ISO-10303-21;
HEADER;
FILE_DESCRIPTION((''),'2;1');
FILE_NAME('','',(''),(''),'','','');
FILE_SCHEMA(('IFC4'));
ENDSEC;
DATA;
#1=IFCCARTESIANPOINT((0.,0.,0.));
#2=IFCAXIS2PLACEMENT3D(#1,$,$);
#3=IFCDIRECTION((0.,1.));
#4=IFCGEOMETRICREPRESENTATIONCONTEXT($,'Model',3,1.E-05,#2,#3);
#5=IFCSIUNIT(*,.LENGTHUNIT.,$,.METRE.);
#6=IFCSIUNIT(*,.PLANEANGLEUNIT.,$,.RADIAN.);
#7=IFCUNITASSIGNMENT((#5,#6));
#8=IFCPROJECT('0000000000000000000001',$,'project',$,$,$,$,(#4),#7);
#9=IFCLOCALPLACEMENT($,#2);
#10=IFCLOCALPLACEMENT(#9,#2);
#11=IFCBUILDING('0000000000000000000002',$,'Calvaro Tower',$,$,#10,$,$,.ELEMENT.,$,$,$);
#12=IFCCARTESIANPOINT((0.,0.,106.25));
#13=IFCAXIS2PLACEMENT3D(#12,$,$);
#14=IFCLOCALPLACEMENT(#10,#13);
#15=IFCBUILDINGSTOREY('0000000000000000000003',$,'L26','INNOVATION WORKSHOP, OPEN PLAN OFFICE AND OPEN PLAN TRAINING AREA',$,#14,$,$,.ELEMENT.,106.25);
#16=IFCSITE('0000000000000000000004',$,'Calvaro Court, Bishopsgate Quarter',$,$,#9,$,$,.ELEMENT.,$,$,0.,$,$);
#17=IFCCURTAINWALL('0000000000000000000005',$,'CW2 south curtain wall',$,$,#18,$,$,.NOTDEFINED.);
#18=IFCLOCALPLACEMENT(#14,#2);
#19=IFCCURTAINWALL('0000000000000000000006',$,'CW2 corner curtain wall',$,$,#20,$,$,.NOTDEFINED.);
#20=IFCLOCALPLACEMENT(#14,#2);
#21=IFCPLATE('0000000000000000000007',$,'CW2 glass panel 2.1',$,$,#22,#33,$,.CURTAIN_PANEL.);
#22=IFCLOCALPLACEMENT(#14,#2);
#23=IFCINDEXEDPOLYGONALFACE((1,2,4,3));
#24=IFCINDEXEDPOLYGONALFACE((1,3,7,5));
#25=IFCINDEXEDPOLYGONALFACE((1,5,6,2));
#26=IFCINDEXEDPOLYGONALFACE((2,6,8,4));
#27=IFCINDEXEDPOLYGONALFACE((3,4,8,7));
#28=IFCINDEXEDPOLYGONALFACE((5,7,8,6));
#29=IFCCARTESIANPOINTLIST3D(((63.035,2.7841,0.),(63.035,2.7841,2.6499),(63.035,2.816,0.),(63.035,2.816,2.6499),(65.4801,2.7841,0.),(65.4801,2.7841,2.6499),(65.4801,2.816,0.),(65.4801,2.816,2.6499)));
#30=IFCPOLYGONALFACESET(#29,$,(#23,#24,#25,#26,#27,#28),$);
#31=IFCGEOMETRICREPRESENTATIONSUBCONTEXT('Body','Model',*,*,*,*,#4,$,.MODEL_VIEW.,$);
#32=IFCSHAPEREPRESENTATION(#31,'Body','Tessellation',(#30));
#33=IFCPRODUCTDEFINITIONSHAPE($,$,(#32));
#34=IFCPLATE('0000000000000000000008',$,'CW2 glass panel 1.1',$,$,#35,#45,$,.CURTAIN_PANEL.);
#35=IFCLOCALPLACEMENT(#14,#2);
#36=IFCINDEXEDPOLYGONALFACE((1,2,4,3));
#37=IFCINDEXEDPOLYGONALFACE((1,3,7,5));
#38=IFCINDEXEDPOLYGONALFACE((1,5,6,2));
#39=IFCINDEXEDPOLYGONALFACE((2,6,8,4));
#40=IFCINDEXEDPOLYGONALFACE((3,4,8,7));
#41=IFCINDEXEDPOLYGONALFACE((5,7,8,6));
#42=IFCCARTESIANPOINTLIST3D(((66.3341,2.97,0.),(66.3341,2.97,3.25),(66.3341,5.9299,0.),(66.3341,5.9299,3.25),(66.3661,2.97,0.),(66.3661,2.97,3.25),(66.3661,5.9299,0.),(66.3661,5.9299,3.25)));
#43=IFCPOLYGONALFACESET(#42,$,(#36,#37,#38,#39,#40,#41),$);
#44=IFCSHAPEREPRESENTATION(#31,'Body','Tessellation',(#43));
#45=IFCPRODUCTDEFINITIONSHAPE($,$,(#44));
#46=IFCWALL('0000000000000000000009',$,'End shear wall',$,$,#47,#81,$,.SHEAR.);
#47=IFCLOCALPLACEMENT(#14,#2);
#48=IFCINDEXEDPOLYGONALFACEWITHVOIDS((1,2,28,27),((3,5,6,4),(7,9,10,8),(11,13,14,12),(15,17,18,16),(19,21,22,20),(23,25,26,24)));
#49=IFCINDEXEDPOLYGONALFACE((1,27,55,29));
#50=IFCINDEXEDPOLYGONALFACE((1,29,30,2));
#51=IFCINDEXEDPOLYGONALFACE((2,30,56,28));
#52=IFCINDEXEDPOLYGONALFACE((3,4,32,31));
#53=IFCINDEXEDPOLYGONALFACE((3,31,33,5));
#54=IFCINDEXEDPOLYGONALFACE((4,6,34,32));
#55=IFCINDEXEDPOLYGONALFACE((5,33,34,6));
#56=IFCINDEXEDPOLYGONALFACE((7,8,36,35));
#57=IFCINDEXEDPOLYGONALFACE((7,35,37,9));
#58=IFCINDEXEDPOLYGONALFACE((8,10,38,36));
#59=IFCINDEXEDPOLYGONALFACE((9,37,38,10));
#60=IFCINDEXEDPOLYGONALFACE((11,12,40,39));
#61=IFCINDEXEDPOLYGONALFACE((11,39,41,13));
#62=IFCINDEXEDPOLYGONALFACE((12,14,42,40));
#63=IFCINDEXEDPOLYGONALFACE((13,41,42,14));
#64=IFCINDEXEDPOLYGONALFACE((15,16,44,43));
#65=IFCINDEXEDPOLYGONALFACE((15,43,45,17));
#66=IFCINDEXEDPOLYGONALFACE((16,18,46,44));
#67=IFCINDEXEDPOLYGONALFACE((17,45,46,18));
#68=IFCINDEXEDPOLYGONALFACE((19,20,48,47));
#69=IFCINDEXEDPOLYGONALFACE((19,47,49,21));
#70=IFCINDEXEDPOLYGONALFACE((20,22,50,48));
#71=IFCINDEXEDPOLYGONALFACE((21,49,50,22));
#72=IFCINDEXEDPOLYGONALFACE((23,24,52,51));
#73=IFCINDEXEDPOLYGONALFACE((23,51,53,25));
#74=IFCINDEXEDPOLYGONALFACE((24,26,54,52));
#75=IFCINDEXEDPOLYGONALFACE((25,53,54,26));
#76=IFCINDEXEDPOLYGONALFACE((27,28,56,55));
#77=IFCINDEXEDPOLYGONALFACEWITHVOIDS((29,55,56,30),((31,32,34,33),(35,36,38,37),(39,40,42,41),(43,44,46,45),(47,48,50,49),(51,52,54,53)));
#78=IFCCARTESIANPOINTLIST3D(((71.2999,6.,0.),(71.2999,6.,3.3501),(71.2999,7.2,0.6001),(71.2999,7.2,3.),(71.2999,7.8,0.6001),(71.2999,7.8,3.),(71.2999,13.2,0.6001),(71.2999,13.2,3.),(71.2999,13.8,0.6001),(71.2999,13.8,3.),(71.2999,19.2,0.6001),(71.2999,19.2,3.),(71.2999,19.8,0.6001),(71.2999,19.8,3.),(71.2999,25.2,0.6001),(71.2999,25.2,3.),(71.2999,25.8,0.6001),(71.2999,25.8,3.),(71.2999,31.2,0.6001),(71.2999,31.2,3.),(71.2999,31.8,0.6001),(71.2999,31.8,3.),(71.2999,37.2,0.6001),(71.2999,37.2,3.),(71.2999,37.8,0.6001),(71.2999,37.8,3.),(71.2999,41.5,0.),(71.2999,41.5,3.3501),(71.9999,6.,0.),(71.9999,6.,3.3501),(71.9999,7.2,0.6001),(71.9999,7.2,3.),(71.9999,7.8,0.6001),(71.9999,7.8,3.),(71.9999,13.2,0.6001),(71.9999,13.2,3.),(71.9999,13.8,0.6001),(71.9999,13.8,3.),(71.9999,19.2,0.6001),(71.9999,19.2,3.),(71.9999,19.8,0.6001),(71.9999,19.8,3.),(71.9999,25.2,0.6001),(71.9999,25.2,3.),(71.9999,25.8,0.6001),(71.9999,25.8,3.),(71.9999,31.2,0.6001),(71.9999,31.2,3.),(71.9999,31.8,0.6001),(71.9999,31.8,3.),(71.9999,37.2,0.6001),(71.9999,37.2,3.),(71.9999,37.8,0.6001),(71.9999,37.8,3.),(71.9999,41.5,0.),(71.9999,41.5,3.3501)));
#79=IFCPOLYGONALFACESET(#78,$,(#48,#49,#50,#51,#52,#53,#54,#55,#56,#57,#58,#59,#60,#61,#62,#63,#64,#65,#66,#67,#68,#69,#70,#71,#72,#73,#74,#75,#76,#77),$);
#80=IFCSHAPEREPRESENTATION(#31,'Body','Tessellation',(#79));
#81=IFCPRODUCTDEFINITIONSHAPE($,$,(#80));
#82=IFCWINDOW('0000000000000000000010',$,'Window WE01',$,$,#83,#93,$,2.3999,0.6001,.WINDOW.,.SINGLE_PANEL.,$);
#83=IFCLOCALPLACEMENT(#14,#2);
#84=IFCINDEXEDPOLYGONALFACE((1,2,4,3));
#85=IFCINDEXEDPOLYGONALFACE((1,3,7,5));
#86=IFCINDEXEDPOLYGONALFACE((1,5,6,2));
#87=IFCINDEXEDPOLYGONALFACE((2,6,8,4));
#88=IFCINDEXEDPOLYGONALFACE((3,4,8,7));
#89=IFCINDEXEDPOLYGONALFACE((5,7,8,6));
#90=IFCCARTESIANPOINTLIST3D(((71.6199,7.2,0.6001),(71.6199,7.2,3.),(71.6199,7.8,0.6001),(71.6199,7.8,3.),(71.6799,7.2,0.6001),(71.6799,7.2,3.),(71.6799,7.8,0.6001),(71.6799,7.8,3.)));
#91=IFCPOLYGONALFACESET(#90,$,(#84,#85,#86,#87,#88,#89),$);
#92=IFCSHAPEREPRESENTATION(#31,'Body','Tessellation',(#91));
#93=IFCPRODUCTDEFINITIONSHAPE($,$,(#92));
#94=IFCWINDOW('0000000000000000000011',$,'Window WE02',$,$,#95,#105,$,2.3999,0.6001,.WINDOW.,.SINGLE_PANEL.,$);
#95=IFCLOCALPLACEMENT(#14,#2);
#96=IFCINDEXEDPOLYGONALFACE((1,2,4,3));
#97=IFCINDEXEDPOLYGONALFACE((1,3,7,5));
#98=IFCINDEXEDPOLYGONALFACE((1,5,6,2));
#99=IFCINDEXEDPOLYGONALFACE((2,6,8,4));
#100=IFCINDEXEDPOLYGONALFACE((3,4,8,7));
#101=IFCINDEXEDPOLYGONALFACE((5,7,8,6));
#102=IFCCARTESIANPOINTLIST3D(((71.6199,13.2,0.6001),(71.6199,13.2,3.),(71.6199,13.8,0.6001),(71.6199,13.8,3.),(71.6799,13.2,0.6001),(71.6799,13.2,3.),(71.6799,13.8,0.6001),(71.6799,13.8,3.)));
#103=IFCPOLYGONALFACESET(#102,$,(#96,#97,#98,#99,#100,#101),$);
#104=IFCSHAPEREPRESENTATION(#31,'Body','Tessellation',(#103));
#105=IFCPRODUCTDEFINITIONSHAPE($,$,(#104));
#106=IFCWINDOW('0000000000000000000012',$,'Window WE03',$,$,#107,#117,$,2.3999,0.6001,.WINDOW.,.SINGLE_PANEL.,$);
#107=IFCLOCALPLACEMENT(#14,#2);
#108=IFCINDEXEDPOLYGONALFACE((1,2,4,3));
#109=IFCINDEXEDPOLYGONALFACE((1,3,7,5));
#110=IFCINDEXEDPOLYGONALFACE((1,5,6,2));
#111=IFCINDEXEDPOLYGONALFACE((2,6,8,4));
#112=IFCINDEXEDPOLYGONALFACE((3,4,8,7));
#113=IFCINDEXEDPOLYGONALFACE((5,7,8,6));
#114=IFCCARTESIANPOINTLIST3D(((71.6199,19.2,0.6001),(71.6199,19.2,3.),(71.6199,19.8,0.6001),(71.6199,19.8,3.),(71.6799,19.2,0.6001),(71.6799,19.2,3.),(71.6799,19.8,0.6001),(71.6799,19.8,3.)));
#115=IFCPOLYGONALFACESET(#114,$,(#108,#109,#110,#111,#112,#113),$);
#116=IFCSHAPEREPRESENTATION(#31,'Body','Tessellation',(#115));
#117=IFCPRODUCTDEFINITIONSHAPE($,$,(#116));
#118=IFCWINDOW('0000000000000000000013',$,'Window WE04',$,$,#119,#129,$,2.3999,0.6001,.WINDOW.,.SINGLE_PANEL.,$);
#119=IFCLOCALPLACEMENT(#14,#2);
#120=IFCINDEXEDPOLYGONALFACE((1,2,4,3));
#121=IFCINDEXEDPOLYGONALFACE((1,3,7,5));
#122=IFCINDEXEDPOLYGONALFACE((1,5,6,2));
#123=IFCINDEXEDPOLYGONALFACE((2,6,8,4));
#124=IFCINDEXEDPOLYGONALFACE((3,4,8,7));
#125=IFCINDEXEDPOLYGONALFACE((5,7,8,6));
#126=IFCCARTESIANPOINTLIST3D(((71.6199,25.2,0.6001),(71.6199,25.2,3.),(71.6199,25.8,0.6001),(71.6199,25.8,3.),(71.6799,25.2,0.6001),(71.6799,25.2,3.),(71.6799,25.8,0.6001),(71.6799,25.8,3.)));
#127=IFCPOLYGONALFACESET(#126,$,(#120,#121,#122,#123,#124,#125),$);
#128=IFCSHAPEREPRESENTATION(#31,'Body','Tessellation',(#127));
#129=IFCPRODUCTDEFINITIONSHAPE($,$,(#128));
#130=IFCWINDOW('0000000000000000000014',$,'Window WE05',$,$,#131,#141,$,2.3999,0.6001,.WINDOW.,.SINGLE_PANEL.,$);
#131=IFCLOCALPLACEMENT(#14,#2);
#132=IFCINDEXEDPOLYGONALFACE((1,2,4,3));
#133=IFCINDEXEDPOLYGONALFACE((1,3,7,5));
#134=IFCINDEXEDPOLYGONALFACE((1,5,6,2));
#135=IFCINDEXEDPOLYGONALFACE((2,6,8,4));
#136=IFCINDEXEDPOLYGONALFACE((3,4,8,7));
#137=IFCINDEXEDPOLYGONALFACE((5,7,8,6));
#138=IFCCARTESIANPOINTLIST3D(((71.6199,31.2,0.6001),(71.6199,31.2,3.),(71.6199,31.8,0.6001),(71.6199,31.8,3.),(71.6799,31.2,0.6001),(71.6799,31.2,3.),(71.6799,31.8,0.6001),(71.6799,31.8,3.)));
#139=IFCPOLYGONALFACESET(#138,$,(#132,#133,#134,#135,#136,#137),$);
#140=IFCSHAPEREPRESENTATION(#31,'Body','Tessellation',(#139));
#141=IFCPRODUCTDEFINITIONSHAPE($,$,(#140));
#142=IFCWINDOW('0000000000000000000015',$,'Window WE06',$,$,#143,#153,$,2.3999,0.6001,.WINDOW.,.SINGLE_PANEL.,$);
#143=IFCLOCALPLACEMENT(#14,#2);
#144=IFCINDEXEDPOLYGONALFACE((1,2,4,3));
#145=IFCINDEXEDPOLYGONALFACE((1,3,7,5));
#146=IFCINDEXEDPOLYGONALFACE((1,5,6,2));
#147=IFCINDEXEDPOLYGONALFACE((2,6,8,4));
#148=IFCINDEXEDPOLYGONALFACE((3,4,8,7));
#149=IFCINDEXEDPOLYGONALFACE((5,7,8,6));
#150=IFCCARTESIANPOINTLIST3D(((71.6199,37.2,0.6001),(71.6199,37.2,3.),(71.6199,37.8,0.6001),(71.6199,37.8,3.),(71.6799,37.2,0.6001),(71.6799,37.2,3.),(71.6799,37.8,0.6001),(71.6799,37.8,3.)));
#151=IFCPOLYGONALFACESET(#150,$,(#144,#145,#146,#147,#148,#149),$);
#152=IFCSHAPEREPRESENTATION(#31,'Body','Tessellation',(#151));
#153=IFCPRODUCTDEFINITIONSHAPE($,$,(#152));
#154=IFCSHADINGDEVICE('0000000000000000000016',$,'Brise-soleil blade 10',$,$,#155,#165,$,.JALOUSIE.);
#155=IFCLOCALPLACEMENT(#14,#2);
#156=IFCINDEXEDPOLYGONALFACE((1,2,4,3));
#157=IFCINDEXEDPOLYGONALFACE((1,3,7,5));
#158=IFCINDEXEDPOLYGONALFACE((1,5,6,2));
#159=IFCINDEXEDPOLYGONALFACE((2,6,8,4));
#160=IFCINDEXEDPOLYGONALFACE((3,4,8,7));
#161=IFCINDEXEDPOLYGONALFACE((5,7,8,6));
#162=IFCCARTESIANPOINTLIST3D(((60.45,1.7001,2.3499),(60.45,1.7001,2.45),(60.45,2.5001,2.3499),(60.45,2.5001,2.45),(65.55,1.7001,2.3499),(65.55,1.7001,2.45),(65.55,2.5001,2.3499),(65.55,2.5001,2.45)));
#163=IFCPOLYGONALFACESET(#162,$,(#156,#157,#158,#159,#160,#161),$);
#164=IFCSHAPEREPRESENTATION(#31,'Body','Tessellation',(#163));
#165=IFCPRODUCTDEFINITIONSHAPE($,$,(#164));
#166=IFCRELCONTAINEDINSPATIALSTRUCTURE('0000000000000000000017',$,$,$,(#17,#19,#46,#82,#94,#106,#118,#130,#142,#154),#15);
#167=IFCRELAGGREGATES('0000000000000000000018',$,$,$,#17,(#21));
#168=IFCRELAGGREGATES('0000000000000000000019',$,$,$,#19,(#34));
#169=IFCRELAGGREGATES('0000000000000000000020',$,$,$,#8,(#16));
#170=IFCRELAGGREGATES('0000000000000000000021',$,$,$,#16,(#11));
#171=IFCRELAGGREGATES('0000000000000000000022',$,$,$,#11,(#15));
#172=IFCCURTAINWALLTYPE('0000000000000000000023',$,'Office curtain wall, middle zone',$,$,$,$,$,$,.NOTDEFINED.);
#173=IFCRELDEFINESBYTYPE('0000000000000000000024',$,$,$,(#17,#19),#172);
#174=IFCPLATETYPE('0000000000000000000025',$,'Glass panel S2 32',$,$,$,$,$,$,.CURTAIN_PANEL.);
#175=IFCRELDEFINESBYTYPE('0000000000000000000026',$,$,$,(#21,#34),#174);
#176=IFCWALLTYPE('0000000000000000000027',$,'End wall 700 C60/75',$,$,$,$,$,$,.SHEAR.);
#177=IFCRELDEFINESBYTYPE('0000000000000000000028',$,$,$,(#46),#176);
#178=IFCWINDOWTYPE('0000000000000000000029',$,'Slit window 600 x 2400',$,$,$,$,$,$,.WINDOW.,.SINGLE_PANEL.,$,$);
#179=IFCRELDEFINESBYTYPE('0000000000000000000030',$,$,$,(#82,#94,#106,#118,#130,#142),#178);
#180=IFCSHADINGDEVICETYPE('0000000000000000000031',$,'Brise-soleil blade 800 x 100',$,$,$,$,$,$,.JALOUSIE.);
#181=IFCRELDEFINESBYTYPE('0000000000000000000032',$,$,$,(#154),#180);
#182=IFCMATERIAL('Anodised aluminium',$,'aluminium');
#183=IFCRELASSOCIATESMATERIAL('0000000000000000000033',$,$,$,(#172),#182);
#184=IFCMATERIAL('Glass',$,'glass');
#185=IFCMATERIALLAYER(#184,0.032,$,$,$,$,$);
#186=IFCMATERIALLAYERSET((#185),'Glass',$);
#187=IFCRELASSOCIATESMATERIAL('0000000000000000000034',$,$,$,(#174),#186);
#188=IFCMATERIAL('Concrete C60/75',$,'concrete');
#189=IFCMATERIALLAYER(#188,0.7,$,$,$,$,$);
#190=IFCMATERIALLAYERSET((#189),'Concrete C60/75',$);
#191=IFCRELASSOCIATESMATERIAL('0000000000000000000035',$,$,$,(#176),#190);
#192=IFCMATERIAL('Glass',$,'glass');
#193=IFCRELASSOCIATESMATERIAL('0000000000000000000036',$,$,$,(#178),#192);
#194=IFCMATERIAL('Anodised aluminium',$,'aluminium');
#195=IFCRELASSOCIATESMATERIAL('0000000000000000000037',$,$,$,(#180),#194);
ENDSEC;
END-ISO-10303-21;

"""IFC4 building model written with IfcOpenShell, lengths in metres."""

from ifc_helpers import new_model, si_unit, direction, frame, frame_2d, origin, origin_2d, place, context, subcontext, project, spatial, rectangle, extrude, material, layer, layer_set, material_profile, profile_set, type_object, element, fill, aggregate, save


model = new_model("IFC4")

# Units and contexts
model_context = context("Model", 3, precision=1e-05, world=origin(), true_north=direction((0.0, 1.0)))
body_context = subcontext(model_context, "Body", "Model", "MODEL_VIEW")
ifc_project = project(units=[si_unit("LENGTHUNIT", "METRE"), si_unit("PLANEANGLEUNIT", "RADIAN")], contexts=[model_context])

# Site, building, storey
site_placement = place(None, origin())
site = spatial("IfcSite", under=ifc_project, at=site_placement, Name="Calvaro Court, Bishopsgate Quarter", CompositionType="ELEMENT", RefElevation=0.0)
building_placement = place(site_placement, origin())
building = spatial("IfcBuilding", under=site, at=building_placement, Name="Calvaro Tower", CompositionType="ELEMENT")
storey_placement = place(building_placement, frame((0.0, 0.0, 106.25)))
storey = spatial("IfcBuildingStorey", under=building, at=storey_placement, Name="L26", Description="INNOVATION WORKSHOP, OPEN PLAN OFFICE AND OPEN PLAN TRAINING AREA", CompositionType="ELEMENT", Elevation=106.25)

# Shared definitions
ifc_material_1 = material(Name="Anodised aluminium", Category="aluminium")
curtain_wall_type = type_object("IfcCurtainWallType", Name="Office curtain wall, middle zone", PredefinedType="NOTDEFINED", material=ifc_material_1)

# Curtain walls
curtain_wall_1_placement = place(storey_placement, origin())
curtain_wall_1 = element("IfcCurtainWall", 1, at=curtain_wall_1_placement, inside=storey, type_object=curtain_wall_type, Name="CW2 south curtain wall", PredefinedType="NOTDEFINED")
curtain_wall_2_placement = place(storey_placement, origin())
curtain_wall_2 = element("IfcCurtainWall", 2, at=curtain_wall_2_placement, inside=storey, type_object=curtain_wall_type, Name="CW2 corner curtain wall", PredefinedType="NOTDEFINED")

# Plates
ifc_material_2 = material(Name="Glass", Category="glass")
ifc_layer_1 = layer(ifc_material_2, 0.032)
ifc_layer_set_1 = layer_set([ifc_layer_1], Name="Glass")
plate_type = type_object("IfcPlateType", Name="Glass panel S2 32", PredefinedType="CURTAIN_PANEL", material=ifc_layer_set_1)
plate_1_placement = place(storey_placement, frame((64.2576, 2.8, 0.0), z_axis=(0.0, 0.0, 1.0), x_axis=(1.0, 0.0, 0.0)))
plate_1 = element("IfcPlate", 3, at=plate_1_placement, type_object=plate_type, Name="CW2 glass panel 2.1", PredefinedType="CURTAIN_PANEL", context=body_context, shape_type="SweptSolid", body=[
    extrude(rectangle(XDim=2.4451, YDim=0.032, at=origin_2d()), origin(), (0.0, 0.0, 1.0), 2.6499),
])
aggregate(curtain_wall_1, [plate_1])
plate_2_placement = place(storey_placement, frame((66.3501, 4.45, 0.0), z_axis=(0.0, 0.0, 1.0), x_axis=(0.0, 1.0, 0.0)))
plate_2 = element("IfcPlate", 4, at=plate_2_placement, type_object=plate_type, Name="CW2 glass panel 1.1", PredefinedType="CURTAIN_PANEL", context=body_context, shape_type="SweptSolid", body=[
    extrude(rectangle(XDim=2.96, YDim=0.032, at=origin_2d()), origin(), (0.0, 0.0, 1.0), 3.25),
])
aggregate(curtain_wall_2, [plate_2])

# Wall, openings, windows
ifc_material_3 = material(Name="Concrete C60/75", Category="concrete")
ifc_layer_2 = layer(ifc_material_3, 0.7)
ifc_layer_set_2 = layer_set([ifc_layer_2], Name="Concrete C60/75")
wall_type = type_object("IfcWallType", Name="End wall 700 C60/75", PredefinedType="SHEAR", material=ifc_layer_set_2)
wall_placement = place(storey_placement, frame((71.6499, 6.0, 0.0), z_axis=(0.0, 0.0, 1.0), x_axis=(0.0, 1.0, 0.0)))
wall = element("IfcWall", 5, at=wall_placement, inside=storey, type_object=wall_type, Name="End shear wall", PredefinedType="SHEAR", context=body_context, shape_type="SweptSolid", body=[
    extrude(rectangle(XDim=35.5, YDim=0.7, at=frame_2d((17.75, 0.0))), origin(), (0.0, 0.0, 1.0), 3.3501),
])
opening_1_placement = place(wall_placement, frame((1.2, 0.0, 0.6001)))
opening_1 = element("IfcOpeningElement", 6, at=opening_1_placement, cuts=wall, PredefinedType="OPENING", context=body_context, shape_type="SweptSolid", body=[
    extrude(rectangle(XDim=0.6001, YDim=2.3999, at=frame_2d((0.3, 1.2))), frame((0.0, 0.3599, 0.0), z_axis=(0.0, -1.0, 0.0), x_axis=(1.0, 0.0, 0.0)), (0.0, 0.0, 1.0), 0.72),
])
opening_2_placement = place(wall_placement, frame((7.2, 0.0, 0.6001)))
opening_2 = element("IfcOpeningElement", 7, at=opening_2_placement, cuts=wall, PredefinedType="OPENING", context=body_context, shape_type="SweptSolid", body=[
    extrude(rectangle(XDim=0.6001, YDim=2.3999, at=frame_2d((0.3, 1.2))), frame((0.0, 0.3599, 0.0), z_axis=(0.0, -1.0, 0.0), x_axis=(1.0, 0.0, 0.0)), (0.0, 0.0, 1.0), 0.72),
])
opening_3_placement = place(wall_placement, frame((13.2, 0.0, 0.6001)))
opening_3 = element("IfcOpeningElement", 8, at=opening_3_placement, cuts=wall, PredefinedType="OPENING", context=body_context, shape_type="SweptSolid", body=[
    extrude(rectangle(XDim=0.6001, YDim=2.3999, at=frame_2d((0.3, 1.2))), frame((0.0, 0.3599, 0.0), z_axis=(0.0, -1.0, 0.0), x_axis=(1.0, 0.0, 0.0)), (0.0, 0.0, 1.0), 0.72),
])
opening_4_placement = place(wall_placement, frame((19.2, 0.0, 0.6001)))
opening_4 = element("IfcOpeningElement", 9, at=opening_4_placement, cuts=wall, PredefinedType="OPENING", context=body_context, shape_type="SweptSolid", body=[
    extrude(rectangle(XDim=0.6001, YDim=2.3999, at=frame_2d((0.3, 1.2))), frame((0.0, 0.3599, 0.0), z_axis=(0.0, -1.0, 0.0), x_axis=(1.0, 0.0, 0.0)), (0.0, 0.0, 1.0), 0.72),
])
opening_5_placement = place(wall_placement, frame((25.2, 0.0, 0.6001)))
opening_5 = element("IfcOpeningElement", 10, at=opening_5_placement, cuts=wall, PredefinedType="OPENING", context=body_context, shape_type="SweptSolid", body=[
    extrude(rectangle(XDim=0.6001, YDim=2.3999, at=frame_2d((0.3, 1.2))), frame((0.0, 0.3599, 0.0), z_axis=(0.0, -1.0, 0.0), x_axis=(1.0, 0.0, 0.0)), (0.0, 0.0, 1.0), 0.72),
])
opening_6_placement = place(wall_placement, frame((31.2, 0.0, 0.6001)))
opening_6 = element("IfcOpeningElement", 11, at=opening_6_placement, cuts=wall, PredefinedType="OPENING", context=body_context, shape_type="SweptSolid", body=[
    extrude(rectangle(XDim=0.6001, YDim=2.3999, at=frame_2d((0.3, 1.2))), frame((0.0, 0.3599, 0.0), z_axis=(0.0, -1.0, 0.0), x_axis=(1.0, 0.0, 0.0)), (0.0, 0.0, 1.0), 0.72),
])
ifc_material_4 = material(Name="Glass", Category="glass")
window_type = type_object("IfcWindowType", Name="Slit window 600 x 2400", PartitioningType="SINGLE_PANEL", PredefinedType="WINDOW", material=ifc_material_4)
window_1_placement = place(opening_1_placement, origin())
window_1 = element("IfcWindow", 12, at=window_1_placement, inside=storey, type_object=window_type, Name="Window WE01", OverallHeight=2.3999, OverallWidth=0.6001, PartitioningType="SINGLE_PANEL", PredefinedType="WINDOW", context=body_context, shape_type="SweptSolid", body=[
    extrude(rectangle(XDim=0.6001, YDim=2.3999, at=frame_2d((0.3, 1.2))), frame((0.0, 0.03, 0.0), z_axis=(0.0, -1.0, 0.0), x_axis=(1.0, 0.0, 0.0)), (0.0, 0.0, 1.0), 0.0601),
])
fill(opening_1, window_1)
window_2_placement = place(opening_2_placement, origin())
window_2 = element("IfcWindow", 13, at=window_2_placement, inside=storey, type_object=window_type, Name="Window WE02", OverallHeight=2.3999, OverallWidth=0.6001, PartitioningType="SINGLE_PANEL", PredefinedType="WINDOW", context=body_context, shape_type="SweptSolid", body=[
    extrude(rectangle(XDim=0.6001, YDim=2.3999, at=frame_2d((0.3, 1.2))), frame((0.0, 0.03, 0.0), z_axis=(0.0, -1.0, 0.0), x_axis=(1.0, 0.0, 0.0)), (0.0, 0.0, 1.0), 0.0601),
])
fill(opening_2, window_2)
window_3_placement = place(opening_3_placement, origin())
window_3 = element("IfcWindow", 14, at=window_3_placement, inside=storey, type_object=window_type, Name="Window WE03", OverallHeight=2.3999, OverallWidth=0.6001, PartitioningType="SINGLE_PANEL", PredefinedType="WINDOW", context=body_context, shape_type="SweptSolid", body=[
    extrude(rectangle(XDim=0.6001, YDim=2.3999, at=frame_2d((0.3, 1.2))), frame((0.0, 0.03, 0.0), z_axis=(0.0, -1.0, 0.0), x_axis=(1.0, 0.0, 0.0)), (0.0, 0.0, 1.0), 0.0601),
])
fill(opening_3, window_3)
window_4_placement = place(opening_4_placement, origin())
window_4 = element("IfcWindow", 15, at=window_4_placement, inside=storey, type_object=window_type, Name="Window WE04", OverallHeight=2.3999, OverallWidth=0.6001, PartitioningType="SINGLE_PANEL", PredefinedType="WINDOW", context=body_context, shape_type="SweptSolid", body=[
    extrude(rectangle(XDim=0.6001, YDim=2.3999, at=frame_2d((0.3, 1.2))), frame((0.0, 0.03, 0.0), z_axis=(0.0, -1.0, 0.0), x_axis=(1.0, 0.0, 0.0)), (0.0, 0.0, 1.0), 0.0601),
])
fill(opening_4, window_4)
window_5_placement = place(opening_5_placement, origin())
window_5 = element("IfcWindow", 16, at=window_5_placement, inside=storey, type_object=window_type, Name="Window WE05", OverallHeight=2.3999, OverallWidth=0.6001, PartitioningType="SINGLE_PANEL", PredefinedType="WINDOW", context=body_context, shape_type="SweptSolid", body=[
    extrude(rectangle(XDim=0.6001, YDim=2.3999, at=frame_2d((0.3, 1.2))), frame((0.0, 0.03, 0.0), z_axis=(0.0, -1.0, 0.0), x_axis=(1.0, 0.0, 0.0)), (0.0, 0.0, 1.0), 0.0601),
])
fill(opening_5, window_5)
window_6_placement = place(opening_6_placement, origin())
window_6 = element("IfcWindow", 17, at=window_6_placement, inside=storey, type_object=window_type, Name="Window WE06", OverallHeight=2.3999, OverallWidth=0.6001, PartitioningType="SINGLE_PANEL", PredefinedType="WINDOW", context=body_context, shape_type="SweptSolid", body=[
    extrude(rectangle(XDim=0.6001, YDim=2.3999, at=frame_2d((0.3, 1.2))), frame((0.0, 0.03, 0.0), z_axis=(0.0, -1.0, 0.0), x_axis=(1.0, 0.0, 0.0)), (0.0, 0.0, 1.0), 0.0601),
])
fill(opening_6, window_6)

# Shading device
ifc_material_5 = material(Name="Anodised aluminium", Category="aluminium")
ifc_material_profile_1 = material_profile(ifc_material_5, rectangle(XDim=0.8, YDim=0.1001, at=origin_2d()), Name="Brise-soleil blade 800 x 100")
ifc_profile_set_1 = profile_set([ifc_material_profile_1], Name="Anodised aluminium")
shading_device_type = type_object("IfcShadingDeviceType", Name="Brise-soleil blade 800 x 100", PredefinedType="JALOUSIE", material=ifc_profile_set_1)
shading_device_placement = place(storey_placement, frame((60.45, 2.1001, 2.3999), z_axis=(1.0, 0.0, 0.0), x_axis=(0.0, 1.0, 0.0)))
element("IfcShadingDevice", 18, at=shading_device_placement, inside=storey, type_object=shading_device_type, Name="Brise-soleil blade 10", PredefinedType="JALOUSIE", context=body_context, shape_type="SweptSolid", body=[
    extrude(rectangle(XDim=0.8, YDim=0.1001, at=origin_2d()), origin(), (0.0, 0.0, 1.0), 5.1001),
])

save(model, "model.ifc")
